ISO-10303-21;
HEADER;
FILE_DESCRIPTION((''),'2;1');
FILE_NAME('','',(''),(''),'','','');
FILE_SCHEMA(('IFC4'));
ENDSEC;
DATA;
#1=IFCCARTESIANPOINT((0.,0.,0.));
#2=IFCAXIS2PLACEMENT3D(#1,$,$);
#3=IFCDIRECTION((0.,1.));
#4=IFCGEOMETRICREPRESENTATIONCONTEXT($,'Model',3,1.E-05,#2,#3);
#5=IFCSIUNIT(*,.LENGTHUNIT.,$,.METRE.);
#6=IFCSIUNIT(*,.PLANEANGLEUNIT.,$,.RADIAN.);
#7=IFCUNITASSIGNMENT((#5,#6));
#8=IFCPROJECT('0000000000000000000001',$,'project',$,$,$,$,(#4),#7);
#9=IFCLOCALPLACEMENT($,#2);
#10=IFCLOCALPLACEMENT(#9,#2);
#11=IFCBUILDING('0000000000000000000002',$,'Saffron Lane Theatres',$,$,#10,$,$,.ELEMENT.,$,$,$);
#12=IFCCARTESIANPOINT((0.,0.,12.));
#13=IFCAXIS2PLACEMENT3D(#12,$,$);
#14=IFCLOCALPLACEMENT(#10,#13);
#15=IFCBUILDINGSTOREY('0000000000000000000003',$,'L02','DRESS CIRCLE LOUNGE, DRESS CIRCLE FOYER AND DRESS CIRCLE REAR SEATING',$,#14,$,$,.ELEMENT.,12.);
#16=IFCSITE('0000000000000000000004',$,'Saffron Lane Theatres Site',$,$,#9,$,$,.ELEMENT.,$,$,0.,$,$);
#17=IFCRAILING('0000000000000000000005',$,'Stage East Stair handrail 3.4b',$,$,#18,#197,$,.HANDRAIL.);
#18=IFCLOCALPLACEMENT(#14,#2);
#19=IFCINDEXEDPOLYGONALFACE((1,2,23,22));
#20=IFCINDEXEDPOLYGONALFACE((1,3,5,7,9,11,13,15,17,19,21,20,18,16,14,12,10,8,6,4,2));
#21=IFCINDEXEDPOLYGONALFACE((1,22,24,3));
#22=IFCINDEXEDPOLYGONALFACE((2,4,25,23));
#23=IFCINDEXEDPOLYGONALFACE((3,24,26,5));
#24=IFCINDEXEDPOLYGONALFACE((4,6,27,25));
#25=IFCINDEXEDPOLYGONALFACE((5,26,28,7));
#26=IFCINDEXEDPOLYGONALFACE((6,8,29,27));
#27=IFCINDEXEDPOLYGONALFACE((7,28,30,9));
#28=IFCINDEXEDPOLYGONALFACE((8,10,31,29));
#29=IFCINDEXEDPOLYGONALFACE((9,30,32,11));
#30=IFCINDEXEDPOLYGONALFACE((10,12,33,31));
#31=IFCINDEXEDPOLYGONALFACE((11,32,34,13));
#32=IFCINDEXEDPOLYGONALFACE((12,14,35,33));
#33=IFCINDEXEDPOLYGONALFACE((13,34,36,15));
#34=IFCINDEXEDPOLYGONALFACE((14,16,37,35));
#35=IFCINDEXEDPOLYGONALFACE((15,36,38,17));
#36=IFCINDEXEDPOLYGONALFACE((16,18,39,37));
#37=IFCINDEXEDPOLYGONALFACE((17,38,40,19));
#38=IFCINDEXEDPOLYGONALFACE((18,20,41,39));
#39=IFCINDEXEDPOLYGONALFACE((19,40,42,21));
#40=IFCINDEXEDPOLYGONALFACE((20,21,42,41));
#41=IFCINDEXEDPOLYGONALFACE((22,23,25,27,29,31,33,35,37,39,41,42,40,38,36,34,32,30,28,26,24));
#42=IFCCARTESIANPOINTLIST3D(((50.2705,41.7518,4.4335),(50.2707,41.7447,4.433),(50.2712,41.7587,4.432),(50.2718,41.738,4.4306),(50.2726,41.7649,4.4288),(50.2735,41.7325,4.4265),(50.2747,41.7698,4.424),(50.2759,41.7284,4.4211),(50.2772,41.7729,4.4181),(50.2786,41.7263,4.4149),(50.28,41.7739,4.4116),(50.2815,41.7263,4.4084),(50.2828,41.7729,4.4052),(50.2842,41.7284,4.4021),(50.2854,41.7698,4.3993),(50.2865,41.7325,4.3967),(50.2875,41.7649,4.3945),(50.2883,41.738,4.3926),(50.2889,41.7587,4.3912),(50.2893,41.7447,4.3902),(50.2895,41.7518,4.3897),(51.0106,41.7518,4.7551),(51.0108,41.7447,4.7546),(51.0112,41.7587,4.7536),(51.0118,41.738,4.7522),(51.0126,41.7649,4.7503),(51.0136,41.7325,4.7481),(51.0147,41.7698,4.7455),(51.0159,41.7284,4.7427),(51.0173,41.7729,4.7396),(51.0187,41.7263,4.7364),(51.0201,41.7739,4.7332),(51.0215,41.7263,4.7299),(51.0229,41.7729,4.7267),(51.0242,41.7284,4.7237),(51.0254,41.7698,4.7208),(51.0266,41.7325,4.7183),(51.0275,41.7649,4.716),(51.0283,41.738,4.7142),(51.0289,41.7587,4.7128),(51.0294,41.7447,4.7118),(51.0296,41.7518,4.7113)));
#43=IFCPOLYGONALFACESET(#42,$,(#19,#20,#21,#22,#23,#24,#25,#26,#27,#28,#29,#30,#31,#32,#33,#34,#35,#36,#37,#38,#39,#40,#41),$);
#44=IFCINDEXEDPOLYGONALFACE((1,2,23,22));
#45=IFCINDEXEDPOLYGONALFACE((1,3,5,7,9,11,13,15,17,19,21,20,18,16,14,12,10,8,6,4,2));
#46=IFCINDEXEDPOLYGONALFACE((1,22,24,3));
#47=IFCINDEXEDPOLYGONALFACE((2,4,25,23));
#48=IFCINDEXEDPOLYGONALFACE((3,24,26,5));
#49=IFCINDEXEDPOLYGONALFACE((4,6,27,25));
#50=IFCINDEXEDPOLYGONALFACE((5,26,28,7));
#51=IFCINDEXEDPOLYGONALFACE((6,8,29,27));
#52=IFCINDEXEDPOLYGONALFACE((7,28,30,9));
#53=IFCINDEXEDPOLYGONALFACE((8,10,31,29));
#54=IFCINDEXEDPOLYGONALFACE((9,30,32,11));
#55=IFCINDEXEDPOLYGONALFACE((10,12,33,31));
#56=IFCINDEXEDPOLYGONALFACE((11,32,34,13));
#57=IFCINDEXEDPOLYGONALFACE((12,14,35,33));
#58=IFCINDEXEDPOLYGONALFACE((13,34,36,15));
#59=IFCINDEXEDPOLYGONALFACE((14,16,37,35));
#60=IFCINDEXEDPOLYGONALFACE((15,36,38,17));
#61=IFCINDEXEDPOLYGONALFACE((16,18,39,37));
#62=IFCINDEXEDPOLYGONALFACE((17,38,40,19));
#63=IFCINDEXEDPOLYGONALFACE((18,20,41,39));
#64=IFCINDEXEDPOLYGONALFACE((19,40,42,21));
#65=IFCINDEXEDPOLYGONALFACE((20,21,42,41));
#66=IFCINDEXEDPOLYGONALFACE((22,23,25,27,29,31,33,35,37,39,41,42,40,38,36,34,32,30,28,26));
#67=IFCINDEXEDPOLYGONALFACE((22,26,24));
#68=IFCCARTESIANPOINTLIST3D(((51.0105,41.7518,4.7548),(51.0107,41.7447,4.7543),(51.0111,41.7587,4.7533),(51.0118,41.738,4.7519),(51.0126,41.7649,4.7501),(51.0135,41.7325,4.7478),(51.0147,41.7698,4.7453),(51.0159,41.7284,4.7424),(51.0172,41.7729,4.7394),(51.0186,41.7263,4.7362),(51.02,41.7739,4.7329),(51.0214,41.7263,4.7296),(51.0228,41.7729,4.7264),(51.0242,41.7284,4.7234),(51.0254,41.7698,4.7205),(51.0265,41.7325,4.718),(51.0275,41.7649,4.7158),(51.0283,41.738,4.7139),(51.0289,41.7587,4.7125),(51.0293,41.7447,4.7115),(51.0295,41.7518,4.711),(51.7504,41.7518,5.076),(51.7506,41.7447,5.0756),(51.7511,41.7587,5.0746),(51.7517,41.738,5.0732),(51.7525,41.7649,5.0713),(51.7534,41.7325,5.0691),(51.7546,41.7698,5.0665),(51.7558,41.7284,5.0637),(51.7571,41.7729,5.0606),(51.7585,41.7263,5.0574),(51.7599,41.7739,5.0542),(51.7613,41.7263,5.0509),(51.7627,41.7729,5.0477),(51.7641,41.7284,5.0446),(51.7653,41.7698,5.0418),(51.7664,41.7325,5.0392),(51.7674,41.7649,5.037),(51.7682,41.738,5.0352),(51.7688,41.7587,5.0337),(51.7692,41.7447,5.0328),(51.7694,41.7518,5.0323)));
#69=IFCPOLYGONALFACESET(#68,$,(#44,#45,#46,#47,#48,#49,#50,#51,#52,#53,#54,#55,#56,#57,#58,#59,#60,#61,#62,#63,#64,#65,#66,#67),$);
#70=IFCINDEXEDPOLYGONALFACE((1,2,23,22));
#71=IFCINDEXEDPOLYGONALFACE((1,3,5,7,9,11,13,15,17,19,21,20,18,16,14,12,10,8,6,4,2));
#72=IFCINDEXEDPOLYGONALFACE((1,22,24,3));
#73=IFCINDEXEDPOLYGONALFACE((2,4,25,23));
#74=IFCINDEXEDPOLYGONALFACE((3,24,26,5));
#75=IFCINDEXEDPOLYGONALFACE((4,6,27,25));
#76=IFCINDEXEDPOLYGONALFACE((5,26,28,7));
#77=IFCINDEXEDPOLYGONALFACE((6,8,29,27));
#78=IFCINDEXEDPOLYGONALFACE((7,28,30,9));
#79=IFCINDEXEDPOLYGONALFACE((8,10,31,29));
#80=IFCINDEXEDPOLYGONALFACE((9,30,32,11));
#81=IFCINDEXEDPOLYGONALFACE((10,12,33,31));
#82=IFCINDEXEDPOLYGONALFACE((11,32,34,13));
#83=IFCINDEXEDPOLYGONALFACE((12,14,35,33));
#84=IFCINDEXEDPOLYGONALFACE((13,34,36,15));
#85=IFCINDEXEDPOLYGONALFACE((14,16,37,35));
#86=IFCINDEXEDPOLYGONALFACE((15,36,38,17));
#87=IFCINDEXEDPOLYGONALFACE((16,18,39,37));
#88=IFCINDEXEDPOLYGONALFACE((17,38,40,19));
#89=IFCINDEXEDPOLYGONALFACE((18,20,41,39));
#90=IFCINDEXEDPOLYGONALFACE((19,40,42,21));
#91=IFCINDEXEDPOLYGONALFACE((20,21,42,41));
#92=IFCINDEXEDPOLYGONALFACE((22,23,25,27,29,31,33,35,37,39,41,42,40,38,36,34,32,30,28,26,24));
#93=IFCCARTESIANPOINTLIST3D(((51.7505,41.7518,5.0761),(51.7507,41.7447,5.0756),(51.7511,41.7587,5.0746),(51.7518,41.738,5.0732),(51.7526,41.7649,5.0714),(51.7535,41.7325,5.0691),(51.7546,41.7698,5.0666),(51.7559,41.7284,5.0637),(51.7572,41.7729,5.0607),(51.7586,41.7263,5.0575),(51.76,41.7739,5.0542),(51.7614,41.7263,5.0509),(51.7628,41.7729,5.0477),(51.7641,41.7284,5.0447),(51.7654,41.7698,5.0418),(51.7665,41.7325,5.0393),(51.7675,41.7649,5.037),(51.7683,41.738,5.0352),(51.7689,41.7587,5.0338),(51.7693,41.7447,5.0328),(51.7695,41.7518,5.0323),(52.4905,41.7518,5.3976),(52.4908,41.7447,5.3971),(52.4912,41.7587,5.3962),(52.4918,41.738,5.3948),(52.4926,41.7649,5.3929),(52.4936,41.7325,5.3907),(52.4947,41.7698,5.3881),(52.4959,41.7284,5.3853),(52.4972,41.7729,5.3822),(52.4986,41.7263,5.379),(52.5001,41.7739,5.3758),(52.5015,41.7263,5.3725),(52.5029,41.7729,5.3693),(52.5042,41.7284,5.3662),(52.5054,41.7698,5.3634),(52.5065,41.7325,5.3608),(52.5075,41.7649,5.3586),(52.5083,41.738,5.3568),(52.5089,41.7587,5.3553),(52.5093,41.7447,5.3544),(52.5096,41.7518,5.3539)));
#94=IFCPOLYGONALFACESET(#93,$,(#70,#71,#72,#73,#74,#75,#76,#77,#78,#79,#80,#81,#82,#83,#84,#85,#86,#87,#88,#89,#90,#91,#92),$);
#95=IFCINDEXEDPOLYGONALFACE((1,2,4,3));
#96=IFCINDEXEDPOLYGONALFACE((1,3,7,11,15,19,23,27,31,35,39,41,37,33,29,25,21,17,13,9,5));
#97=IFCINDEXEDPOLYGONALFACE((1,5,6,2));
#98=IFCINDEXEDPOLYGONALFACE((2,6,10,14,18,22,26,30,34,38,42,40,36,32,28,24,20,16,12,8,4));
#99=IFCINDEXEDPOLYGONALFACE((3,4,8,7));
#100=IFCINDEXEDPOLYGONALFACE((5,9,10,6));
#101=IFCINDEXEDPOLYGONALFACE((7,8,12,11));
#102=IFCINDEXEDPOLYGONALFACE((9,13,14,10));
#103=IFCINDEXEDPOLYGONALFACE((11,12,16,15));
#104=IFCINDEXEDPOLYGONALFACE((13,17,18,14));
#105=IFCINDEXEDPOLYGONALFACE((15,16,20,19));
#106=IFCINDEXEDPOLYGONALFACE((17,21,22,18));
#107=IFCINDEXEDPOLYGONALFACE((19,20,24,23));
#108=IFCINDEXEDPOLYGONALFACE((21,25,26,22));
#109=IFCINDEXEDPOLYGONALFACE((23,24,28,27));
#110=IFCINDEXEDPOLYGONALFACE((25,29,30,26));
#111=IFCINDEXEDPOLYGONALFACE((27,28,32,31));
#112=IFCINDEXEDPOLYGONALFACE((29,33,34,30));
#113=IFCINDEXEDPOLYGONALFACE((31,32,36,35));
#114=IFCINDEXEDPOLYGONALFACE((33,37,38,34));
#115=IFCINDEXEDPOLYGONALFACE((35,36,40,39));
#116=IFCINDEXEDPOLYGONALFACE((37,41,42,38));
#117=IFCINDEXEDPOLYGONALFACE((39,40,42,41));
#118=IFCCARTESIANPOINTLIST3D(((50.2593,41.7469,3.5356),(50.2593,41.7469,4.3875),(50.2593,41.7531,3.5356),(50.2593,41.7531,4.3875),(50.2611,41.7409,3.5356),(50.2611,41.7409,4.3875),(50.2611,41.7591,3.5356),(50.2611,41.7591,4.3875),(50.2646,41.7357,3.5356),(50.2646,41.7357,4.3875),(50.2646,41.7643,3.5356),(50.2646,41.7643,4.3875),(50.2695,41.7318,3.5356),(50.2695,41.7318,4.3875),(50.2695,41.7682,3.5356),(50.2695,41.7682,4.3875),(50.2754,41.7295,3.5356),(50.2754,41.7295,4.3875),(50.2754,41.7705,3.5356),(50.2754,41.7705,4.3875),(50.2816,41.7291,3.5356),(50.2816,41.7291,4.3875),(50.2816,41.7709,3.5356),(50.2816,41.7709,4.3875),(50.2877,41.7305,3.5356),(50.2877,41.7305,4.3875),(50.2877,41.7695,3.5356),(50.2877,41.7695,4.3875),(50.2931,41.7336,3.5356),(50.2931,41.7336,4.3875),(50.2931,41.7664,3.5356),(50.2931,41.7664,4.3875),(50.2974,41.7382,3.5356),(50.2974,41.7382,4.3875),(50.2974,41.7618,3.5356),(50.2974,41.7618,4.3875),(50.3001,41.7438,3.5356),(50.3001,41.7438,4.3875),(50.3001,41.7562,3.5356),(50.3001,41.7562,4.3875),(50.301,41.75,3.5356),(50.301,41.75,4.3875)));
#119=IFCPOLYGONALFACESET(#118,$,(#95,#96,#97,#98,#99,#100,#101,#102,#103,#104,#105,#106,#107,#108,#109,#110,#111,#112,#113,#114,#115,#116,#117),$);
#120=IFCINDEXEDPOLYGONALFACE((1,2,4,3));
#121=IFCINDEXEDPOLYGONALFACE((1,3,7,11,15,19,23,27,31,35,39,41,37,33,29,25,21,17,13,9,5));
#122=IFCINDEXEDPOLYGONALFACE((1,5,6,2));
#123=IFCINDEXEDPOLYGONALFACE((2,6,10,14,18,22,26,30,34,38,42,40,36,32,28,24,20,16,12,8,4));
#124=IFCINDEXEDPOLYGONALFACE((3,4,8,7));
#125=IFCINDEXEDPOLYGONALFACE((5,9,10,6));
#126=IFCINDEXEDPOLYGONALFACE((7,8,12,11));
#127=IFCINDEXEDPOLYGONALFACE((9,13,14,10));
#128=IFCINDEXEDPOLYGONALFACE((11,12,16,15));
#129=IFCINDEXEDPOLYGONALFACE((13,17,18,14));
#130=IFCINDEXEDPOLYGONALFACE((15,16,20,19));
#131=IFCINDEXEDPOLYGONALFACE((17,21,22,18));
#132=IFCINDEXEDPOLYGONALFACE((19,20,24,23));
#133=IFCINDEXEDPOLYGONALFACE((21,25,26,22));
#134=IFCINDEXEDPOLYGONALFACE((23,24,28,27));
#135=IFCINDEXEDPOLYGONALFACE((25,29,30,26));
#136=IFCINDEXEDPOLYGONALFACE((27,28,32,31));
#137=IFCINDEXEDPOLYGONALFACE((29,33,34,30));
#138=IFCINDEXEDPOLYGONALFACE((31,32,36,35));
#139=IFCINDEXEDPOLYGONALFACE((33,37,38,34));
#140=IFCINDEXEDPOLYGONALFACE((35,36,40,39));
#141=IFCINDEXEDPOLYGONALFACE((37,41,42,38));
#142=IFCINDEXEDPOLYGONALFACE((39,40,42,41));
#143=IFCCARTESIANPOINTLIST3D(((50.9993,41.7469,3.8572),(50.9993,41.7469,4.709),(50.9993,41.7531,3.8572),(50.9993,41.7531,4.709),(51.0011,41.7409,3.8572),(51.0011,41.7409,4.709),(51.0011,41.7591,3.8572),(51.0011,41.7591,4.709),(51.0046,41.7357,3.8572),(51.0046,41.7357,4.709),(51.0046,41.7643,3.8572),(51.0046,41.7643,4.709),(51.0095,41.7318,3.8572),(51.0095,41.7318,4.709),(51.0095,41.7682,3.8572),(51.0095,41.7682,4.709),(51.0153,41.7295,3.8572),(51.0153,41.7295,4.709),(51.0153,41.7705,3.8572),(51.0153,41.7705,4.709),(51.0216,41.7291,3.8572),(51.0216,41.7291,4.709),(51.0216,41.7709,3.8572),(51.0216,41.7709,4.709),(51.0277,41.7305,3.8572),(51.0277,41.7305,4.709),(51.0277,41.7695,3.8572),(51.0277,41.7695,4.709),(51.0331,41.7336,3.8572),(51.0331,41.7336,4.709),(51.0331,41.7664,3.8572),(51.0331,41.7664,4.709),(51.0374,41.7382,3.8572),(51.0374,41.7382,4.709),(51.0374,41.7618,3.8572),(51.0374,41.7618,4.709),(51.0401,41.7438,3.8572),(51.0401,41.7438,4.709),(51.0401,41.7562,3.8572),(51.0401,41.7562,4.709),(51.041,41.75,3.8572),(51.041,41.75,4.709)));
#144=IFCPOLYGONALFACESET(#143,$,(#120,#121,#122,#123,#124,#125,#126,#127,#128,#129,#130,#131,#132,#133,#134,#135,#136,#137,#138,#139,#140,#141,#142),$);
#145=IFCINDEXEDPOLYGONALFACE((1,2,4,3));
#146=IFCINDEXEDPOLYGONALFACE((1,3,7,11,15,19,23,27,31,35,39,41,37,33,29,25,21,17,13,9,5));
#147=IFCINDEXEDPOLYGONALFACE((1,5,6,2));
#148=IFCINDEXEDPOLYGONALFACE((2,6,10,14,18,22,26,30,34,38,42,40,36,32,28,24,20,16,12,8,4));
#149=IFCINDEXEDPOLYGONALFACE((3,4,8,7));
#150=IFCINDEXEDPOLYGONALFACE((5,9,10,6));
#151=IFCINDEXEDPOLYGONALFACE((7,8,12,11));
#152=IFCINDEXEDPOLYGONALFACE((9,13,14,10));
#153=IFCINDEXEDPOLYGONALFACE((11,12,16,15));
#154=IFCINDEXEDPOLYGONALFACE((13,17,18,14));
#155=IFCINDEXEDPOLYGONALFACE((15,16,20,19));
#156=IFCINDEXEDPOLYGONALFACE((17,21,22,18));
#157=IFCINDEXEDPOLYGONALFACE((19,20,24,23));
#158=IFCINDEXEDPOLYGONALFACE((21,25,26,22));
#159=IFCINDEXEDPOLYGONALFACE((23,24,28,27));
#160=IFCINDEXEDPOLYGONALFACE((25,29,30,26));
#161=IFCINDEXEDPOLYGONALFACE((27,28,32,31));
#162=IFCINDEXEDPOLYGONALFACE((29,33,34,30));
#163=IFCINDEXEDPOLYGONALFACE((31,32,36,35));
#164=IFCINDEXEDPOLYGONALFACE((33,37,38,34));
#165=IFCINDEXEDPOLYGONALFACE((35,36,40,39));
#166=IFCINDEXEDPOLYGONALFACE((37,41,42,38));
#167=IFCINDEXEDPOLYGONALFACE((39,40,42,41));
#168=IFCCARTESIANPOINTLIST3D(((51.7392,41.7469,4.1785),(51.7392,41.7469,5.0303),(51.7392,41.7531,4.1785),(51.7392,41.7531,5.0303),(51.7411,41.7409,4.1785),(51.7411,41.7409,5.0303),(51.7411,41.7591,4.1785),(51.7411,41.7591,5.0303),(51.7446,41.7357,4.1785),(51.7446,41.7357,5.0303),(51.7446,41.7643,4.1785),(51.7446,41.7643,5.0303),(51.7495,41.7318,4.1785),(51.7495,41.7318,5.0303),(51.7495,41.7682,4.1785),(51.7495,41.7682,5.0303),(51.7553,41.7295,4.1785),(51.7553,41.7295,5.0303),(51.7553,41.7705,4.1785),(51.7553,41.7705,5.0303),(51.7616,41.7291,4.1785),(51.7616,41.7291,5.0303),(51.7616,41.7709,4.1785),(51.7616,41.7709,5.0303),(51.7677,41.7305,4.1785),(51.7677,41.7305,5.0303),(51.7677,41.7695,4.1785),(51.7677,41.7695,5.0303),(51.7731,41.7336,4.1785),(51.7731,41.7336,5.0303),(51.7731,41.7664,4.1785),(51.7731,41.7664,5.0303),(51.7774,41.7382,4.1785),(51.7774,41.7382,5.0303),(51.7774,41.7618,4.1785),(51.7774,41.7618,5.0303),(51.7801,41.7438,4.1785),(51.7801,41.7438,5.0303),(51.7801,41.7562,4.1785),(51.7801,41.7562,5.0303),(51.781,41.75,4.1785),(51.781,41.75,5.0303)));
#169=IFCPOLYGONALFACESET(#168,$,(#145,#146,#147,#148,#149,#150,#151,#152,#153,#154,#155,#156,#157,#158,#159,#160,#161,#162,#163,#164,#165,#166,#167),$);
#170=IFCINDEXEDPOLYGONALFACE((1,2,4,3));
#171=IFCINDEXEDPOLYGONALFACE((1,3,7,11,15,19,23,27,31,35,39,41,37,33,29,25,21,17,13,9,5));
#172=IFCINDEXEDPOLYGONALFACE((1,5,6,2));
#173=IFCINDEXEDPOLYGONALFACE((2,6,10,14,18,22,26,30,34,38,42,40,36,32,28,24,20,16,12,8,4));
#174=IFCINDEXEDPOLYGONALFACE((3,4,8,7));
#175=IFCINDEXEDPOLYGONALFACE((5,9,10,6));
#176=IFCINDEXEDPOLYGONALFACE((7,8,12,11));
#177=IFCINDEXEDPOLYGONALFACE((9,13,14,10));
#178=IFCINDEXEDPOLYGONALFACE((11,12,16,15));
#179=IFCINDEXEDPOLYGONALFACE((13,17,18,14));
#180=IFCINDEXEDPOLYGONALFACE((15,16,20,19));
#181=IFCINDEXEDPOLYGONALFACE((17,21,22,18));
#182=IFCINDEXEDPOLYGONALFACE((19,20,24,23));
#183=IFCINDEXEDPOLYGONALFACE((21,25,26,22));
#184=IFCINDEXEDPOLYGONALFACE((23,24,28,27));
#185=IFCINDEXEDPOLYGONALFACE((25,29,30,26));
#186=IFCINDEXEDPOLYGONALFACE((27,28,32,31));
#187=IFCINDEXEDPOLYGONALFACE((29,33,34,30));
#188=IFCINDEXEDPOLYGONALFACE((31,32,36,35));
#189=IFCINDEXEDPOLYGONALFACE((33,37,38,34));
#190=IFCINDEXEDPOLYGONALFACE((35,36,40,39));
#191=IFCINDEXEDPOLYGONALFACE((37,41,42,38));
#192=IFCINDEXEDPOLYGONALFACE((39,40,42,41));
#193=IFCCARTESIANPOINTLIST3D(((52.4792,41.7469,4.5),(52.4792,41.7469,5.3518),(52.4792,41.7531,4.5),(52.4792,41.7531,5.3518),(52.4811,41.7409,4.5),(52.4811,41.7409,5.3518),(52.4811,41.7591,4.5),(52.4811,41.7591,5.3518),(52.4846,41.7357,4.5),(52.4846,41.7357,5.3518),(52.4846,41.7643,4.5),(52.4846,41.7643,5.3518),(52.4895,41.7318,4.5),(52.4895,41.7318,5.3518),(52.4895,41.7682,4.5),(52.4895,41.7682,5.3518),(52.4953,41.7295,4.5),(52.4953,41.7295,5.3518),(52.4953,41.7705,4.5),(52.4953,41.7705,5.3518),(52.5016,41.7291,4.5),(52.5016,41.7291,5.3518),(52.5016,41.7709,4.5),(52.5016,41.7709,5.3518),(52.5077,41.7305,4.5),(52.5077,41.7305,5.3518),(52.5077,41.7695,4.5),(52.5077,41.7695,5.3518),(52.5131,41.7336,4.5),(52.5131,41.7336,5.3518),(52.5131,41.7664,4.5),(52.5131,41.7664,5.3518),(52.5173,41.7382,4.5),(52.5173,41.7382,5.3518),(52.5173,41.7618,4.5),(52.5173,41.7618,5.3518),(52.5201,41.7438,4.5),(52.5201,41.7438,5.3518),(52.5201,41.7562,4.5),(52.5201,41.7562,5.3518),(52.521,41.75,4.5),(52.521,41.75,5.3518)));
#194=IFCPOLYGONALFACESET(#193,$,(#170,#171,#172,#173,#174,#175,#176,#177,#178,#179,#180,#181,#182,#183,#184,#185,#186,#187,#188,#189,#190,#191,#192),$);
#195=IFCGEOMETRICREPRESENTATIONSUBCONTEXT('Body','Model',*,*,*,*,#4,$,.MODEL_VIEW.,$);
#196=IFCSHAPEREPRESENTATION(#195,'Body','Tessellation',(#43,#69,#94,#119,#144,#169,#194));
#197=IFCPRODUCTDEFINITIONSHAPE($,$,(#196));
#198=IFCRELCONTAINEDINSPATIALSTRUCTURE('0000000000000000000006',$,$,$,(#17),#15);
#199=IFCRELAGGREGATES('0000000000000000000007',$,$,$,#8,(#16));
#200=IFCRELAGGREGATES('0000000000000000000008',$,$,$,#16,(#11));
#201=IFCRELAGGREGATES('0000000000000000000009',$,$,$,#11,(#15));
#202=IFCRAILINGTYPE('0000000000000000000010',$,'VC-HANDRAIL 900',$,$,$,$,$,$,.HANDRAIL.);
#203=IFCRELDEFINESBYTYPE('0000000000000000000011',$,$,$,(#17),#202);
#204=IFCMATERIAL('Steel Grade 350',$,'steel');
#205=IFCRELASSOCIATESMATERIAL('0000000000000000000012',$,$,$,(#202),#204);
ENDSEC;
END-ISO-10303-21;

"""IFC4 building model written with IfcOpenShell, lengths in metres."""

from ifc_helpers import new_model, si_unit, direction, frame, origin, origin_2d, place, context, subcontext, project, spatial, circle, extrude, material, type_object, element, save


model = new_model("IFC4")

# Units and contexts
model_context = context("Model", 3, precision=1e-05, world=origin(), true_north=direction((0.0, 1.0)))
body_context = subcontext(model_context, "Body", "Model", "MODEL_VIEW")
ifc_project = project(units=[si_unit("LENGTHUNIT", "METRE"), si_unit("PLANEANGLEUNIT", "RADIAN")], contexts=[model_context])

# Site, building, storey
site_placement = place(None, origin())
site = spatial("IfcSite", under=ifc_project, at=site_placement, Name="Saffron Lane Theatres Site", CompositionType="ELEMENT", RefElevation=0.0)
building_placement = place(site_placement, origin())
building = spatial("IfcBuilding", under=site, at=building_placement, Name="Saffron Lane Theatres", CompositionType="ELEMENT")
storey_placement = place(building_placement, frame((0.0, 0.0, 12.0)))
storey = spatial("IfcBuildingStorey", under=building, at=storey_placement, Name="L02", Description="DRESS CIRCLE LOUNGE, DRESS CIRCLE FOYER AND DRESS CIRCLE REAR SEATING", CompositionType="ELEMENT", Elevation=12.0)

# Railing
ifc_material_1 = material(Name="Steel Grade 350", Category="steel")
railing_type_1 = type_object("IfcRailingType", Name="VC-HANDRAIL 900", PredefinedType="HANDRAIL", material=ifc_material_1)
for number, where, name in (
    (1, (50.28, 41.75, 3.5356), "Stage East Stair handrail 3.4b"),
):
    element("IfcRailing", number, at=place(storey_placement, frame(where)), inside=storey, type_object=railing_type_1, Name=name, PredefinedType="HANDRAIL", context=body_context, shape_type="SweptSolid", body=[
        extrude(circle(Radius=0.0239, at=origin_2d()), frame((0.0, 0.0, 0.876), z_axis=(0.917161, 0.0, 0.398516), x_axis=(0.0, 1.0, 0.0)), (0.0, 0.0, 1.0), 0.8069),
        extrude(circle(Radius=0.0239, at=origin_2d()), frame((0.74, 0.0, 1.1973), z_axis=(0.917272, 0.0, 0.398261), x_axis=(0.0, 1.0, 0.0)), (0.0, 0.0, 1.0), 0.8066),
        extrude(circle(Radius=0.0239, at=origin_2d()), frame((1.48, 0.0, 1.5186), z_axis=(0.917161, 0.0, 0.398516), x_axis=(0.0, 1.0, 0.0)), (0.0, 0.0, 1.0), 0.8069),
        extrude(circle(Radius=0.021, at=origin_2d()), origin(), (0.0, 0.0, 1.0), 0.8518),
        extrude(circle(Radius=0.021, at=origin_2d()), frame((0.74, 0.0, 0.3215)), (0.0, 0.0, 1.0), 0.8518),
        extrude(circle(Radius=0.021, at=origin_2d()), frame((1.48, 0.0, 0.6428)), (0.0, 0.0, 1.0), 0.8518),
        extrude(circle(Radius=0.021, at=origin_2d()), frame((2.22, 0.0, 0.9644)), (0.0, 0.0, 1.0), 0.8518),
    ])

save(model, "model.ifc")
